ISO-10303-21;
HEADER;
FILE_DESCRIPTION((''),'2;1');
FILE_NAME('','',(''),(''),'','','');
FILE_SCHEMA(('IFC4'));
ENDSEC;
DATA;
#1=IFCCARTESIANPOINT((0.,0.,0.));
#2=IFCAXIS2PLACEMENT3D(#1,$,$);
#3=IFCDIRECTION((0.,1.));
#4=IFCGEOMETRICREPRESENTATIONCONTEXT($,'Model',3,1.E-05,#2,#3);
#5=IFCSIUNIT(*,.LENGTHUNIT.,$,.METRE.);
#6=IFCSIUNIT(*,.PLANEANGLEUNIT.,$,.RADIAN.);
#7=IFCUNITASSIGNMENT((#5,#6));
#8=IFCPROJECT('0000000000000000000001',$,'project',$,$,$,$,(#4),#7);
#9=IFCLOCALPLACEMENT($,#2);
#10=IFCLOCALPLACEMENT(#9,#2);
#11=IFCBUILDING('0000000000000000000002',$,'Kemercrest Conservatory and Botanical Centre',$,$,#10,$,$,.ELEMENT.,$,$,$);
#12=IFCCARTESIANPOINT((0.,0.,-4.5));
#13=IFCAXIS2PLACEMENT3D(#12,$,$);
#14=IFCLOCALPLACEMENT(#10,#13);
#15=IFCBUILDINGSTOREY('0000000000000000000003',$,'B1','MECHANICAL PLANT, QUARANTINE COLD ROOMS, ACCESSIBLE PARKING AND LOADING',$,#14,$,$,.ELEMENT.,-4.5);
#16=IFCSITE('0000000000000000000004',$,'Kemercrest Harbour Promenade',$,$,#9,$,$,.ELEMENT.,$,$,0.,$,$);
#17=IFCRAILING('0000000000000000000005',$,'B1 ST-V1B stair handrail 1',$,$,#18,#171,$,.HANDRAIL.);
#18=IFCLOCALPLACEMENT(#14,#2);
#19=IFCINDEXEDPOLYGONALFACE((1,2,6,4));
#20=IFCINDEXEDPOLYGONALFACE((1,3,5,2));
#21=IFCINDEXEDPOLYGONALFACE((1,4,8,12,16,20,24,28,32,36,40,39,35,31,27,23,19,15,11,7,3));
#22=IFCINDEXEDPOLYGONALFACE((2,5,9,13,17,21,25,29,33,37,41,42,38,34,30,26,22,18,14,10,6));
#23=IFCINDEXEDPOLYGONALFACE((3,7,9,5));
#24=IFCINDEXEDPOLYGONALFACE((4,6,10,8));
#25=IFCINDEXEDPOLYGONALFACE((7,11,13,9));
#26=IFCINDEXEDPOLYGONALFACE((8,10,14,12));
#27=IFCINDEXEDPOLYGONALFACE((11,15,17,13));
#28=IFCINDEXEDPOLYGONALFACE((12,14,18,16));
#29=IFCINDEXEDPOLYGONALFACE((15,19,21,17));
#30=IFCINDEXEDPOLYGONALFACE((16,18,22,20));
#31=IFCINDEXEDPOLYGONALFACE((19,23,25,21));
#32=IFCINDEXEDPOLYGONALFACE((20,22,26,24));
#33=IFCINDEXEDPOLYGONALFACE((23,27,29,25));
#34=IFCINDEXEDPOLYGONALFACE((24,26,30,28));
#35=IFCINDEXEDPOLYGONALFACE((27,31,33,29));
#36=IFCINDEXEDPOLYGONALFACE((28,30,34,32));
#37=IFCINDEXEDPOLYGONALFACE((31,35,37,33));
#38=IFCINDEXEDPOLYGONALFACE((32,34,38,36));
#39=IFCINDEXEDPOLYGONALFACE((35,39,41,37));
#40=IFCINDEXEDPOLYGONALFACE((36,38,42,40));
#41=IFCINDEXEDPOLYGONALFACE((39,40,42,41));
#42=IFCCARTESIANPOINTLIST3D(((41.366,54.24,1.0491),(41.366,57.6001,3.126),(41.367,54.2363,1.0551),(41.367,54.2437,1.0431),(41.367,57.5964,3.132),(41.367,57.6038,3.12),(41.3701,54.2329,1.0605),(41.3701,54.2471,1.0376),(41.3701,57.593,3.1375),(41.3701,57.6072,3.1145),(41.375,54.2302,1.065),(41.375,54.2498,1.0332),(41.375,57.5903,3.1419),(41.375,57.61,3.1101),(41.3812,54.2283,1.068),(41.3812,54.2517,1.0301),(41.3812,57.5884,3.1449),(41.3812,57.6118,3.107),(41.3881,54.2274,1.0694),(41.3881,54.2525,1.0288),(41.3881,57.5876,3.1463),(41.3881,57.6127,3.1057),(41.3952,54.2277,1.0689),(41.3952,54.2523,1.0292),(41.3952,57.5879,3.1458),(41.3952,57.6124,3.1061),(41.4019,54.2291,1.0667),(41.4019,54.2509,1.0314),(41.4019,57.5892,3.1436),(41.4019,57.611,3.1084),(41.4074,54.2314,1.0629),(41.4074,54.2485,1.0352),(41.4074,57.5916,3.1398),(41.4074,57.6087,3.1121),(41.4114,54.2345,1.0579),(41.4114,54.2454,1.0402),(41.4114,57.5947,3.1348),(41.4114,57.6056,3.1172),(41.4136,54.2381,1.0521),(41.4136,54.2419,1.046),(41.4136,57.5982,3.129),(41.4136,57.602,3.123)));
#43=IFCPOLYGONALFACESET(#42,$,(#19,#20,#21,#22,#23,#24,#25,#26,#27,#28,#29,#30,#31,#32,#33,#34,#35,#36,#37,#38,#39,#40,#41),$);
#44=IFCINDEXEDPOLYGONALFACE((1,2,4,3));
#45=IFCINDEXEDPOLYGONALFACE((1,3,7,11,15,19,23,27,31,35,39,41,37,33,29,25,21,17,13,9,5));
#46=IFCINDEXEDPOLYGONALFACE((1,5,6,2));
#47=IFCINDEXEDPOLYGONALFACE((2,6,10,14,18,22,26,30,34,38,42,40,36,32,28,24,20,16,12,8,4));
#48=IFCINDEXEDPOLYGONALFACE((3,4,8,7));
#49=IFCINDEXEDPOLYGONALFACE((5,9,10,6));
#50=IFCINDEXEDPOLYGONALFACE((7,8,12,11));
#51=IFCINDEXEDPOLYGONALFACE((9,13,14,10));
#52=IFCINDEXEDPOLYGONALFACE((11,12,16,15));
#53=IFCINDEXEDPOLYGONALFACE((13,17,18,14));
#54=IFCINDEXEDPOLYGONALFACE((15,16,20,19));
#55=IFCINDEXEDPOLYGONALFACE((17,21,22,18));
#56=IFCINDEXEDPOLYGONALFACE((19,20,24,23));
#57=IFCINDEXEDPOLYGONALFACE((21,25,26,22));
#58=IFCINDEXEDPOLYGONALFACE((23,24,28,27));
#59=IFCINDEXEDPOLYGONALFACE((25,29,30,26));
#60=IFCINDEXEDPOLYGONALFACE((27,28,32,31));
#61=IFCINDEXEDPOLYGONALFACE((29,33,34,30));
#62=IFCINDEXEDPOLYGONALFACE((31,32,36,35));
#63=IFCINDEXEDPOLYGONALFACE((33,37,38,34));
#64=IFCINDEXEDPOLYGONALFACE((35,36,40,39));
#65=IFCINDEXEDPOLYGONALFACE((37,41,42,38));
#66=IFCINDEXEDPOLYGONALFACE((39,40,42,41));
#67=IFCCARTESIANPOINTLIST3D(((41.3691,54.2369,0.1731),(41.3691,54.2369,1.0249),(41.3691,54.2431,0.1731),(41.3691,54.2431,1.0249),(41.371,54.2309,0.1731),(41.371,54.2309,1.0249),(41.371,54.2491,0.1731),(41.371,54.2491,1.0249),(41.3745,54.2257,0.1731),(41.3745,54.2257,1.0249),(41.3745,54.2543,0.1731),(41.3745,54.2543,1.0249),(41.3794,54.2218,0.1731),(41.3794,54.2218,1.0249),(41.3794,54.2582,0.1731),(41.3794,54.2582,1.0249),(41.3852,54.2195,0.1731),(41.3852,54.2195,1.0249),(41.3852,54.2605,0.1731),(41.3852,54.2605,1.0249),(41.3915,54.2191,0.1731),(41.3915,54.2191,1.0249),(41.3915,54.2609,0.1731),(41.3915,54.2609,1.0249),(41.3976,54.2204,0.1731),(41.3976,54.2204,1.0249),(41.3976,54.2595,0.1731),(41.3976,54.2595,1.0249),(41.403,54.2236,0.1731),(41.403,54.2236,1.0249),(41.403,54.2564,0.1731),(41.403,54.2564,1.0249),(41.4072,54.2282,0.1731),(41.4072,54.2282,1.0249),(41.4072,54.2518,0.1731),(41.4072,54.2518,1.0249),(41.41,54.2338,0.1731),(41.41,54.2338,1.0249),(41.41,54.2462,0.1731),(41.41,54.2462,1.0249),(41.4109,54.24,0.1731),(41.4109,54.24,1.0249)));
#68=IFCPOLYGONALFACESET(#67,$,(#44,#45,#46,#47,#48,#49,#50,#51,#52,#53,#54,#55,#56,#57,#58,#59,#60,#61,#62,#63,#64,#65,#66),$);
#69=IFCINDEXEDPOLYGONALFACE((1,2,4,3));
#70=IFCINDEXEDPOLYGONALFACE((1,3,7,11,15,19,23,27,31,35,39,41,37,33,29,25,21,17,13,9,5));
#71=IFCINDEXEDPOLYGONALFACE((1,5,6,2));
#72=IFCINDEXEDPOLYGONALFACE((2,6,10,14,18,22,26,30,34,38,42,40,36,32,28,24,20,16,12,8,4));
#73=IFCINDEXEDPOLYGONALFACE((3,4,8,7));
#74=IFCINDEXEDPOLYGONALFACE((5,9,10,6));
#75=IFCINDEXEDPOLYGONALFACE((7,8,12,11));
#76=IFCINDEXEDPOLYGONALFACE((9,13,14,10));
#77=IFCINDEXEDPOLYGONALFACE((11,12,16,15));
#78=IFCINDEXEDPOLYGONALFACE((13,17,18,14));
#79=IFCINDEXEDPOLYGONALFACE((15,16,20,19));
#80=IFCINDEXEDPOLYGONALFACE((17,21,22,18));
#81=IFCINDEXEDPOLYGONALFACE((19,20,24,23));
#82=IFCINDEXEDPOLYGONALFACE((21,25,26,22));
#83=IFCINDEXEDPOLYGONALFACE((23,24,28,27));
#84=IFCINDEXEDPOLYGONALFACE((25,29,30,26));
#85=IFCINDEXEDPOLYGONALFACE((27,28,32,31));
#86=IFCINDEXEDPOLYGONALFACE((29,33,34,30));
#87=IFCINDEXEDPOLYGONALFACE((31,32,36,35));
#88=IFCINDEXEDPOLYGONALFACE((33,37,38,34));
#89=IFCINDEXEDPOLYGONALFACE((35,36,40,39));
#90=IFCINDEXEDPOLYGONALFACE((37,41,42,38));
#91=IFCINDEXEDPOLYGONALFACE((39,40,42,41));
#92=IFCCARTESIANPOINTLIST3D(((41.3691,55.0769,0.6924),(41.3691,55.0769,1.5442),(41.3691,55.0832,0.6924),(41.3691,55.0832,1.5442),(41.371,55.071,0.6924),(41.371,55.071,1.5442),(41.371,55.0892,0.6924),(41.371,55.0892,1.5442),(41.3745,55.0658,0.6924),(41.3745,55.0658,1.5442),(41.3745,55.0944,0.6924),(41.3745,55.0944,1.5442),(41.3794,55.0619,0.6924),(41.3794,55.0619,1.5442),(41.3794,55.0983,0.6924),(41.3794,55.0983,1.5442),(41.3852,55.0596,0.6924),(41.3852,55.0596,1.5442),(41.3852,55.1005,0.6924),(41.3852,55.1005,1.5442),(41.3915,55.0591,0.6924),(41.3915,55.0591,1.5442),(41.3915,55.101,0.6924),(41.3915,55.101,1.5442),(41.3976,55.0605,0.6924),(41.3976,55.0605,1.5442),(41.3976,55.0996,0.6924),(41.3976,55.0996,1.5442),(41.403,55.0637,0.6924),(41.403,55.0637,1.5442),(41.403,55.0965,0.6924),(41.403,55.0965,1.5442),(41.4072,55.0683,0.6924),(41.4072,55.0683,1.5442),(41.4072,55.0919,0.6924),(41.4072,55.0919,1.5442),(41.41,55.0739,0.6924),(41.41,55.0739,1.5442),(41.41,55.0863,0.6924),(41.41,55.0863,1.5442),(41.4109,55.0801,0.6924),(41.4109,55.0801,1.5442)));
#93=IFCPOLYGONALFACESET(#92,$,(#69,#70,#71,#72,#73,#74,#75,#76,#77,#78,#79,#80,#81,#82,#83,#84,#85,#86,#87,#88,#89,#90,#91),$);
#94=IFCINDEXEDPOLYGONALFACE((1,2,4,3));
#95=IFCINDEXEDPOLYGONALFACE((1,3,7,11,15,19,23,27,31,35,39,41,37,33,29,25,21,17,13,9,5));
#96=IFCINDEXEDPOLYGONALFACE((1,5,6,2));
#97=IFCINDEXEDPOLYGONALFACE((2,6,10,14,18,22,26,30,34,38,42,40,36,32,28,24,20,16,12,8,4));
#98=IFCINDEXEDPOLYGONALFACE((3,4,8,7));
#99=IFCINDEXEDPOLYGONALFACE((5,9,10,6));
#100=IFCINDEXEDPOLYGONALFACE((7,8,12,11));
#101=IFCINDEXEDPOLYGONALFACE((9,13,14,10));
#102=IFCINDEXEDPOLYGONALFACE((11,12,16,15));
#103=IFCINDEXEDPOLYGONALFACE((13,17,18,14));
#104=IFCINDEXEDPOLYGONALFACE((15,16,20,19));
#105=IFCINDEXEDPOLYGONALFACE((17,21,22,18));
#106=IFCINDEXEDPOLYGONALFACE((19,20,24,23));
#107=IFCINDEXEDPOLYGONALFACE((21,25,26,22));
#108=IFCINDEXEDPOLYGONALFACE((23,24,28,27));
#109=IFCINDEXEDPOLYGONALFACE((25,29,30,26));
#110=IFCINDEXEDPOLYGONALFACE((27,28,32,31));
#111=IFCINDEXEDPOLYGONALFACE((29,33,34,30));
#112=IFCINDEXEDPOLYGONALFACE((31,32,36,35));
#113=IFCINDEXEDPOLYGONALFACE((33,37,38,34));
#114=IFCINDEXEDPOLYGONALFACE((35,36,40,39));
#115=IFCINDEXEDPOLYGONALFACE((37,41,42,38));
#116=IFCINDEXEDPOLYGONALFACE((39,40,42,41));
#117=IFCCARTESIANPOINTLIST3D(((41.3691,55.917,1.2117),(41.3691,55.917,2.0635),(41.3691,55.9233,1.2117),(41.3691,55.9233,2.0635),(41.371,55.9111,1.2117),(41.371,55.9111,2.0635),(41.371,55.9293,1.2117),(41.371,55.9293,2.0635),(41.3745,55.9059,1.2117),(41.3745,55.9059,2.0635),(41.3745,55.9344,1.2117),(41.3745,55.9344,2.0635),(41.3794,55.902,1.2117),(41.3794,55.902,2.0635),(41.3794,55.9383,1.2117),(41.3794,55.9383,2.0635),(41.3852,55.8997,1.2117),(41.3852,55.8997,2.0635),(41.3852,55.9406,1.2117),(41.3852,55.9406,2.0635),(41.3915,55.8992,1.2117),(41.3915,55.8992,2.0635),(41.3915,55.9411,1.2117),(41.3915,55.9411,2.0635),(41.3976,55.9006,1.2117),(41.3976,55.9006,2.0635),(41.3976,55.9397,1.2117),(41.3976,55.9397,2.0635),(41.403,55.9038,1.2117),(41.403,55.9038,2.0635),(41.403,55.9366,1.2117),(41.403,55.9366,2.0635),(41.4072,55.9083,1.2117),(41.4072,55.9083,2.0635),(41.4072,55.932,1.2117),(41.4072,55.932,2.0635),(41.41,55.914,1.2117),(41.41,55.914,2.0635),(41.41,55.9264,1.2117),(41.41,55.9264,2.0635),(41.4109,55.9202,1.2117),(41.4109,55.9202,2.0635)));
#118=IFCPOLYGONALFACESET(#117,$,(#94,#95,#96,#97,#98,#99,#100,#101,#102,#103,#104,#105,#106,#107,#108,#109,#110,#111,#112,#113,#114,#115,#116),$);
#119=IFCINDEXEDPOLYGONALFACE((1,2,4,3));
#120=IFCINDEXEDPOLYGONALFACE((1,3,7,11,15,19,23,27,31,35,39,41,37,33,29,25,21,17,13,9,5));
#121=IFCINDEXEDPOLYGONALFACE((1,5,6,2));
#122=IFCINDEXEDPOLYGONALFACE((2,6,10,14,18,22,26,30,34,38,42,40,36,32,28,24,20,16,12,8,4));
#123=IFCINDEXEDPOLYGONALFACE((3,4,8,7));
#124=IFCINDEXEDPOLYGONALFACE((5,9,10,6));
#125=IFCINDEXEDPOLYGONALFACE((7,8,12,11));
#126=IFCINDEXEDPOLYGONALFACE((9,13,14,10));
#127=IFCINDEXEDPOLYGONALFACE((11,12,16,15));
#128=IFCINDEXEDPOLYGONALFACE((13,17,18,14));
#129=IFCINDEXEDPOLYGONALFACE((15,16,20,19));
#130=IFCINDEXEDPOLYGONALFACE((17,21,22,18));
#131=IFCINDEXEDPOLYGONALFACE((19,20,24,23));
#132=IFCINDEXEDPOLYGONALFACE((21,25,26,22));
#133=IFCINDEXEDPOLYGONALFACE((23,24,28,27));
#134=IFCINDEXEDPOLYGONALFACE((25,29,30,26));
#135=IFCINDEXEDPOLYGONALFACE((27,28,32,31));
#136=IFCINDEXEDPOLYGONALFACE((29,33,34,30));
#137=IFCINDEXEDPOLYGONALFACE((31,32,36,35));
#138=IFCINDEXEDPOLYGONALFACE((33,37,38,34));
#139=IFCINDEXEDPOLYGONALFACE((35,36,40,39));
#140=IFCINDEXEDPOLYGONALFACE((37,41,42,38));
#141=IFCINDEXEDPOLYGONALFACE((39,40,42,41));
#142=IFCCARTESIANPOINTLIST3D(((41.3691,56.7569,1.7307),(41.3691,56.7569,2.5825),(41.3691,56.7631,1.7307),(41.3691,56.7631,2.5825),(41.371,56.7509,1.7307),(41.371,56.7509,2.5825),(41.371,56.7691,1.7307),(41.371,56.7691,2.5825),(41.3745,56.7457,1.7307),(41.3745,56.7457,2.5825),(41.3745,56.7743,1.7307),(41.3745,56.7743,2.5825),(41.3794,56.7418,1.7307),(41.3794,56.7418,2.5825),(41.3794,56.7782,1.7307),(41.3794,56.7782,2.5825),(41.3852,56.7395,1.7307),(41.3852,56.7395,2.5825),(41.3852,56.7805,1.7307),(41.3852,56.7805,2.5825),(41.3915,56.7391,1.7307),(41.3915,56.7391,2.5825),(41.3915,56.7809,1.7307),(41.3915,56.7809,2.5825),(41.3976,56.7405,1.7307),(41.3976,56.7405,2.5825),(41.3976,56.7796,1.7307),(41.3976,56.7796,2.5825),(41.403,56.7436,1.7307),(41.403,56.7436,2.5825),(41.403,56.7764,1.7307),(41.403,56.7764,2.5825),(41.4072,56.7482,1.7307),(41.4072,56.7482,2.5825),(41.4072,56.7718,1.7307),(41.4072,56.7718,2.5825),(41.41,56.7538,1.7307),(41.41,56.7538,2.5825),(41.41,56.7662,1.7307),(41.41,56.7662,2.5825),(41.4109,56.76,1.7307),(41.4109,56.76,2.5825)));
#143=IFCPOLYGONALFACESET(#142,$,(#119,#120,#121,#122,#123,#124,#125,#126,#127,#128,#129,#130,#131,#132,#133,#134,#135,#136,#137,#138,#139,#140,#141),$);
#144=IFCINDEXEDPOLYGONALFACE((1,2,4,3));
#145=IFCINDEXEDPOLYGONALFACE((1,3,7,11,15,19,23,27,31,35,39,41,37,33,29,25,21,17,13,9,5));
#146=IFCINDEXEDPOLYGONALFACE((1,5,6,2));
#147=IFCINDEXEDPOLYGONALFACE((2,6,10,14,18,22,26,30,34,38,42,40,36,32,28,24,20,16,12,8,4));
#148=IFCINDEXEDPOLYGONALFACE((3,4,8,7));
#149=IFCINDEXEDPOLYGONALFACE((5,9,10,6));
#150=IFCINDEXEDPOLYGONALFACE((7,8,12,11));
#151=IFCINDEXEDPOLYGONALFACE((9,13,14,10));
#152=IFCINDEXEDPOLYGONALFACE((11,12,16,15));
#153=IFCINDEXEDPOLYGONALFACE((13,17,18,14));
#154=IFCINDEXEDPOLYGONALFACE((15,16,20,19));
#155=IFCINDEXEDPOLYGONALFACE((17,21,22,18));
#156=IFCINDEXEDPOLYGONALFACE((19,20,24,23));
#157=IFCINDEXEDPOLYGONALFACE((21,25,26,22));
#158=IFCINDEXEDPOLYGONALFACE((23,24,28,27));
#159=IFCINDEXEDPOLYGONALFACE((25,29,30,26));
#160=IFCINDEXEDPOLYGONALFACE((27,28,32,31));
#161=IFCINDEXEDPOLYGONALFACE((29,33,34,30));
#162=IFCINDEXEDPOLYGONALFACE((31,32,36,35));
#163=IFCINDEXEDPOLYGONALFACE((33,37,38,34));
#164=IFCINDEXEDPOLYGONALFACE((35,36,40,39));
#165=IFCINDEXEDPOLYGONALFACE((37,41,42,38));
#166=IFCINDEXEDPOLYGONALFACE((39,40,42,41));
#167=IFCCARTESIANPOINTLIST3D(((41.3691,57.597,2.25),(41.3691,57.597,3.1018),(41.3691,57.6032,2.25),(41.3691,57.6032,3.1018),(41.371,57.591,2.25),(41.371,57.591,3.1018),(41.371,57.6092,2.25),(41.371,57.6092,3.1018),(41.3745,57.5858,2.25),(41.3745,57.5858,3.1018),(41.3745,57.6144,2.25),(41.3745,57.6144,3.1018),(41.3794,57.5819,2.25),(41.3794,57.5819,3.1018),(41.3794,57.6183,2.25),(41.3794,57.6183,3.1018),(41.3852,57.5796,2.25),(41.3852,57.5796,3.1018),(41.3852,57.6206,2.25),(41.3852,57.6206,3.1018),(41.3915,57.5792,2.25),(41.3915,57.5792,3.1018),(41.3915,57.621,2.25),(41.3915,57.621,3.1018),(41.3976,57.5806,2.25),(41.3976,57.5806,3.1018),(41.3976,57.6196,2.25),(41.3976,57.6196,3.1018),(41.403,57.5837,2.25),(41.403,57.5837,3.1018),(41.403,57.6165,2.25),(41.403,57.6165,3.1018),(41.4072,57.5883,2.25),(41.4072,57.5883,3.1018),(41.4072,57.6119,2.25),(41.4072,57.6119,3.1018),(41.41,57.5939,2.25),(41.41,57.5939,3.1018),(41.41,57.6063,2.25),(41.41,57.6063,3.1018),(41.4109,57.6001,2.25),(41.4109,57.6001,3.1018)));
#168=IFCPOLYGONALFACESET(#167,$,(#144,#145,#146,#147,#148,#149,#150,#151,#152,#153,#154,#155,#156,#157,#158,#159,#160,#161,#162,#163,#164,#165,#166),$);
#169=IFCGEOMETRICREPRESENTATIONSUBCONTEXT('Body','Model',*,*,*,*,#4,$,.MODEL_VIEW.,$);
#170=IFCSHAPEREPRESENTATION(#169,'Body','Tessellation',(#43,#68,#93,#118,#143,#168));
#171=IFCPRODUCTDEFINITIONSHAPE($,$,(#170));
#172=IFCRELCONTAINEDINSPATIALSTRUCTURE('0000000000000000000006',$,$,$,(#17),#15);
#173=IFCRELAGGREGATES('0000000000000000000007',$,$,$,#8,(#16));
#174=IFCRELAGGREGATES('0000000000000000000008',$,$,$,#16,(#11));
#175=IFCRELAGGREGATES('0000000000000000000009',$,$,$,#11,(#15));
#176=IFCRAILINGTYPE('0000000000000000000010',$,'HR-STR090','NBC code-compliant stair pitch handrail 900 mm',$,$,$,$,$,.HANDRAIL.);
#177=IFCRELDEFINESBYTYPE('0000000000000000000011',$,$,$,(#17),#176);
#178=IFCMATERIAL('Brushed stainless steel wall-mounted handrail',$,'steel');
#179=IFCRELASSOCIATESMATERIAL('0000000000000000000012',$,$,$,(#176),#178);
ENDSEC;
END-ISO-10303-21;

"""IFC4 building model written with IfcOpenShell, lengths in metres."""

from ifc_helpers import new_model, si_unit, direction, frame, origin, origin_2d, place, context, subcontext, project, spatial, circle, extrude, material, type_object, element, save


model = new_model("IFC4")

# Units and contexts
model_context = context("Model", 3, precision=1e-05, world=origin(), true_north=direction((0.0, 1.0)))
body_context = subcontext(model_context, "Body", "Model", "MODEL_VIEW")
ifc_project = project(units=[si_unit("LENGTHUNIT", "METRE"), si_unit("PLANEANGLEUNIT", "RADIAN")], contexts=[model_context])

# Site, building, storey
site_placement = place(None, origin())
site = spatial("IfcSite", under=ifc_project, at=site_placement, Name="Kemercrest Harbour Promenade", CompositionType="ELEMENT", RefElevation=0.0)
building_placement = place(site_placement, origin())
building = spatial("IfcBuilding", under=site, at=building_placement, Name="Kemercrest Conservatory and Botanical Centre", CompositionType="ELEMENT")
storey_placement = place(building_placement, frame((0.0, 0.0, -4.5)))
storey = spatial("IfcBuildingStorey", under=building, at=storey_placement, Name="B1", Description="MECHANICAL PLANT, QUARANTINE COLD ROOMS, ACCESSIBLE PARKING AND LOADING", CompositionType="ELEMENT", Elevation=-4.5)

# Railing
ifc_material_1 = material(Name="Brushed stainless steel wall-mounted handrail", Category="steel")
railing_type_1 = type_object("IfcRailingType", Name="HR-STR090", Description="NBC code-compliant stair pitch handrail 900 mm", PredefinedType="HANDRAIL", material=ifc_material_1)
railing_1_placement = place(storey_placement, frame((41.3899, 54.24, 0.1731)))
element("IfcRailing", 1, at=railing_1_placement, inside=storey, type_object=railing_type_1, Name="B1 ST-V1B stair handrail 1", PredefinedType="HANDRAIL", context=body_context, shape_type="SweptSolid", body=[
    extrude(circle(Radius=0.0239, at=origin_2d()), frame((0.0, 0.0, 0.876), z_axis=(0.0, 0.850623, 0.525776), x_axis=(-1.0, 0.0, 0.0)), (0.0, 0.0, 1.0), 3.9502),
    extrude(circle(Radius=0.021, at=origin_2d()), origin(), (0.0, 0.0, 1.0), 0.8518),
    extrude(circle(Radius=0.021, at=origin_2d()), frame((0.0, 0.8401, 0.5193)), (0.0, 0.0, 1.0), 0.8518),
    extrude(circle(Radius=0.021, at=origin_2d()), frame((0.0, 1.6802, 1.0386)), (0.0, 0.0, 1.0), 0.8518),
    extrude(circle(Radius=0.021, at=origin_2d()), frame((0.0, 2.52, 1.5576)), (0.0, 0.0, 1.0), 0.8518),
    extrude(circle(Radius=0.021, at=origin_2d()), frame((0.0, 3.3601, 2.0769)), (0.0, 0.0, 1.0), 0.8518),
])

save(model, "model.ifc")
